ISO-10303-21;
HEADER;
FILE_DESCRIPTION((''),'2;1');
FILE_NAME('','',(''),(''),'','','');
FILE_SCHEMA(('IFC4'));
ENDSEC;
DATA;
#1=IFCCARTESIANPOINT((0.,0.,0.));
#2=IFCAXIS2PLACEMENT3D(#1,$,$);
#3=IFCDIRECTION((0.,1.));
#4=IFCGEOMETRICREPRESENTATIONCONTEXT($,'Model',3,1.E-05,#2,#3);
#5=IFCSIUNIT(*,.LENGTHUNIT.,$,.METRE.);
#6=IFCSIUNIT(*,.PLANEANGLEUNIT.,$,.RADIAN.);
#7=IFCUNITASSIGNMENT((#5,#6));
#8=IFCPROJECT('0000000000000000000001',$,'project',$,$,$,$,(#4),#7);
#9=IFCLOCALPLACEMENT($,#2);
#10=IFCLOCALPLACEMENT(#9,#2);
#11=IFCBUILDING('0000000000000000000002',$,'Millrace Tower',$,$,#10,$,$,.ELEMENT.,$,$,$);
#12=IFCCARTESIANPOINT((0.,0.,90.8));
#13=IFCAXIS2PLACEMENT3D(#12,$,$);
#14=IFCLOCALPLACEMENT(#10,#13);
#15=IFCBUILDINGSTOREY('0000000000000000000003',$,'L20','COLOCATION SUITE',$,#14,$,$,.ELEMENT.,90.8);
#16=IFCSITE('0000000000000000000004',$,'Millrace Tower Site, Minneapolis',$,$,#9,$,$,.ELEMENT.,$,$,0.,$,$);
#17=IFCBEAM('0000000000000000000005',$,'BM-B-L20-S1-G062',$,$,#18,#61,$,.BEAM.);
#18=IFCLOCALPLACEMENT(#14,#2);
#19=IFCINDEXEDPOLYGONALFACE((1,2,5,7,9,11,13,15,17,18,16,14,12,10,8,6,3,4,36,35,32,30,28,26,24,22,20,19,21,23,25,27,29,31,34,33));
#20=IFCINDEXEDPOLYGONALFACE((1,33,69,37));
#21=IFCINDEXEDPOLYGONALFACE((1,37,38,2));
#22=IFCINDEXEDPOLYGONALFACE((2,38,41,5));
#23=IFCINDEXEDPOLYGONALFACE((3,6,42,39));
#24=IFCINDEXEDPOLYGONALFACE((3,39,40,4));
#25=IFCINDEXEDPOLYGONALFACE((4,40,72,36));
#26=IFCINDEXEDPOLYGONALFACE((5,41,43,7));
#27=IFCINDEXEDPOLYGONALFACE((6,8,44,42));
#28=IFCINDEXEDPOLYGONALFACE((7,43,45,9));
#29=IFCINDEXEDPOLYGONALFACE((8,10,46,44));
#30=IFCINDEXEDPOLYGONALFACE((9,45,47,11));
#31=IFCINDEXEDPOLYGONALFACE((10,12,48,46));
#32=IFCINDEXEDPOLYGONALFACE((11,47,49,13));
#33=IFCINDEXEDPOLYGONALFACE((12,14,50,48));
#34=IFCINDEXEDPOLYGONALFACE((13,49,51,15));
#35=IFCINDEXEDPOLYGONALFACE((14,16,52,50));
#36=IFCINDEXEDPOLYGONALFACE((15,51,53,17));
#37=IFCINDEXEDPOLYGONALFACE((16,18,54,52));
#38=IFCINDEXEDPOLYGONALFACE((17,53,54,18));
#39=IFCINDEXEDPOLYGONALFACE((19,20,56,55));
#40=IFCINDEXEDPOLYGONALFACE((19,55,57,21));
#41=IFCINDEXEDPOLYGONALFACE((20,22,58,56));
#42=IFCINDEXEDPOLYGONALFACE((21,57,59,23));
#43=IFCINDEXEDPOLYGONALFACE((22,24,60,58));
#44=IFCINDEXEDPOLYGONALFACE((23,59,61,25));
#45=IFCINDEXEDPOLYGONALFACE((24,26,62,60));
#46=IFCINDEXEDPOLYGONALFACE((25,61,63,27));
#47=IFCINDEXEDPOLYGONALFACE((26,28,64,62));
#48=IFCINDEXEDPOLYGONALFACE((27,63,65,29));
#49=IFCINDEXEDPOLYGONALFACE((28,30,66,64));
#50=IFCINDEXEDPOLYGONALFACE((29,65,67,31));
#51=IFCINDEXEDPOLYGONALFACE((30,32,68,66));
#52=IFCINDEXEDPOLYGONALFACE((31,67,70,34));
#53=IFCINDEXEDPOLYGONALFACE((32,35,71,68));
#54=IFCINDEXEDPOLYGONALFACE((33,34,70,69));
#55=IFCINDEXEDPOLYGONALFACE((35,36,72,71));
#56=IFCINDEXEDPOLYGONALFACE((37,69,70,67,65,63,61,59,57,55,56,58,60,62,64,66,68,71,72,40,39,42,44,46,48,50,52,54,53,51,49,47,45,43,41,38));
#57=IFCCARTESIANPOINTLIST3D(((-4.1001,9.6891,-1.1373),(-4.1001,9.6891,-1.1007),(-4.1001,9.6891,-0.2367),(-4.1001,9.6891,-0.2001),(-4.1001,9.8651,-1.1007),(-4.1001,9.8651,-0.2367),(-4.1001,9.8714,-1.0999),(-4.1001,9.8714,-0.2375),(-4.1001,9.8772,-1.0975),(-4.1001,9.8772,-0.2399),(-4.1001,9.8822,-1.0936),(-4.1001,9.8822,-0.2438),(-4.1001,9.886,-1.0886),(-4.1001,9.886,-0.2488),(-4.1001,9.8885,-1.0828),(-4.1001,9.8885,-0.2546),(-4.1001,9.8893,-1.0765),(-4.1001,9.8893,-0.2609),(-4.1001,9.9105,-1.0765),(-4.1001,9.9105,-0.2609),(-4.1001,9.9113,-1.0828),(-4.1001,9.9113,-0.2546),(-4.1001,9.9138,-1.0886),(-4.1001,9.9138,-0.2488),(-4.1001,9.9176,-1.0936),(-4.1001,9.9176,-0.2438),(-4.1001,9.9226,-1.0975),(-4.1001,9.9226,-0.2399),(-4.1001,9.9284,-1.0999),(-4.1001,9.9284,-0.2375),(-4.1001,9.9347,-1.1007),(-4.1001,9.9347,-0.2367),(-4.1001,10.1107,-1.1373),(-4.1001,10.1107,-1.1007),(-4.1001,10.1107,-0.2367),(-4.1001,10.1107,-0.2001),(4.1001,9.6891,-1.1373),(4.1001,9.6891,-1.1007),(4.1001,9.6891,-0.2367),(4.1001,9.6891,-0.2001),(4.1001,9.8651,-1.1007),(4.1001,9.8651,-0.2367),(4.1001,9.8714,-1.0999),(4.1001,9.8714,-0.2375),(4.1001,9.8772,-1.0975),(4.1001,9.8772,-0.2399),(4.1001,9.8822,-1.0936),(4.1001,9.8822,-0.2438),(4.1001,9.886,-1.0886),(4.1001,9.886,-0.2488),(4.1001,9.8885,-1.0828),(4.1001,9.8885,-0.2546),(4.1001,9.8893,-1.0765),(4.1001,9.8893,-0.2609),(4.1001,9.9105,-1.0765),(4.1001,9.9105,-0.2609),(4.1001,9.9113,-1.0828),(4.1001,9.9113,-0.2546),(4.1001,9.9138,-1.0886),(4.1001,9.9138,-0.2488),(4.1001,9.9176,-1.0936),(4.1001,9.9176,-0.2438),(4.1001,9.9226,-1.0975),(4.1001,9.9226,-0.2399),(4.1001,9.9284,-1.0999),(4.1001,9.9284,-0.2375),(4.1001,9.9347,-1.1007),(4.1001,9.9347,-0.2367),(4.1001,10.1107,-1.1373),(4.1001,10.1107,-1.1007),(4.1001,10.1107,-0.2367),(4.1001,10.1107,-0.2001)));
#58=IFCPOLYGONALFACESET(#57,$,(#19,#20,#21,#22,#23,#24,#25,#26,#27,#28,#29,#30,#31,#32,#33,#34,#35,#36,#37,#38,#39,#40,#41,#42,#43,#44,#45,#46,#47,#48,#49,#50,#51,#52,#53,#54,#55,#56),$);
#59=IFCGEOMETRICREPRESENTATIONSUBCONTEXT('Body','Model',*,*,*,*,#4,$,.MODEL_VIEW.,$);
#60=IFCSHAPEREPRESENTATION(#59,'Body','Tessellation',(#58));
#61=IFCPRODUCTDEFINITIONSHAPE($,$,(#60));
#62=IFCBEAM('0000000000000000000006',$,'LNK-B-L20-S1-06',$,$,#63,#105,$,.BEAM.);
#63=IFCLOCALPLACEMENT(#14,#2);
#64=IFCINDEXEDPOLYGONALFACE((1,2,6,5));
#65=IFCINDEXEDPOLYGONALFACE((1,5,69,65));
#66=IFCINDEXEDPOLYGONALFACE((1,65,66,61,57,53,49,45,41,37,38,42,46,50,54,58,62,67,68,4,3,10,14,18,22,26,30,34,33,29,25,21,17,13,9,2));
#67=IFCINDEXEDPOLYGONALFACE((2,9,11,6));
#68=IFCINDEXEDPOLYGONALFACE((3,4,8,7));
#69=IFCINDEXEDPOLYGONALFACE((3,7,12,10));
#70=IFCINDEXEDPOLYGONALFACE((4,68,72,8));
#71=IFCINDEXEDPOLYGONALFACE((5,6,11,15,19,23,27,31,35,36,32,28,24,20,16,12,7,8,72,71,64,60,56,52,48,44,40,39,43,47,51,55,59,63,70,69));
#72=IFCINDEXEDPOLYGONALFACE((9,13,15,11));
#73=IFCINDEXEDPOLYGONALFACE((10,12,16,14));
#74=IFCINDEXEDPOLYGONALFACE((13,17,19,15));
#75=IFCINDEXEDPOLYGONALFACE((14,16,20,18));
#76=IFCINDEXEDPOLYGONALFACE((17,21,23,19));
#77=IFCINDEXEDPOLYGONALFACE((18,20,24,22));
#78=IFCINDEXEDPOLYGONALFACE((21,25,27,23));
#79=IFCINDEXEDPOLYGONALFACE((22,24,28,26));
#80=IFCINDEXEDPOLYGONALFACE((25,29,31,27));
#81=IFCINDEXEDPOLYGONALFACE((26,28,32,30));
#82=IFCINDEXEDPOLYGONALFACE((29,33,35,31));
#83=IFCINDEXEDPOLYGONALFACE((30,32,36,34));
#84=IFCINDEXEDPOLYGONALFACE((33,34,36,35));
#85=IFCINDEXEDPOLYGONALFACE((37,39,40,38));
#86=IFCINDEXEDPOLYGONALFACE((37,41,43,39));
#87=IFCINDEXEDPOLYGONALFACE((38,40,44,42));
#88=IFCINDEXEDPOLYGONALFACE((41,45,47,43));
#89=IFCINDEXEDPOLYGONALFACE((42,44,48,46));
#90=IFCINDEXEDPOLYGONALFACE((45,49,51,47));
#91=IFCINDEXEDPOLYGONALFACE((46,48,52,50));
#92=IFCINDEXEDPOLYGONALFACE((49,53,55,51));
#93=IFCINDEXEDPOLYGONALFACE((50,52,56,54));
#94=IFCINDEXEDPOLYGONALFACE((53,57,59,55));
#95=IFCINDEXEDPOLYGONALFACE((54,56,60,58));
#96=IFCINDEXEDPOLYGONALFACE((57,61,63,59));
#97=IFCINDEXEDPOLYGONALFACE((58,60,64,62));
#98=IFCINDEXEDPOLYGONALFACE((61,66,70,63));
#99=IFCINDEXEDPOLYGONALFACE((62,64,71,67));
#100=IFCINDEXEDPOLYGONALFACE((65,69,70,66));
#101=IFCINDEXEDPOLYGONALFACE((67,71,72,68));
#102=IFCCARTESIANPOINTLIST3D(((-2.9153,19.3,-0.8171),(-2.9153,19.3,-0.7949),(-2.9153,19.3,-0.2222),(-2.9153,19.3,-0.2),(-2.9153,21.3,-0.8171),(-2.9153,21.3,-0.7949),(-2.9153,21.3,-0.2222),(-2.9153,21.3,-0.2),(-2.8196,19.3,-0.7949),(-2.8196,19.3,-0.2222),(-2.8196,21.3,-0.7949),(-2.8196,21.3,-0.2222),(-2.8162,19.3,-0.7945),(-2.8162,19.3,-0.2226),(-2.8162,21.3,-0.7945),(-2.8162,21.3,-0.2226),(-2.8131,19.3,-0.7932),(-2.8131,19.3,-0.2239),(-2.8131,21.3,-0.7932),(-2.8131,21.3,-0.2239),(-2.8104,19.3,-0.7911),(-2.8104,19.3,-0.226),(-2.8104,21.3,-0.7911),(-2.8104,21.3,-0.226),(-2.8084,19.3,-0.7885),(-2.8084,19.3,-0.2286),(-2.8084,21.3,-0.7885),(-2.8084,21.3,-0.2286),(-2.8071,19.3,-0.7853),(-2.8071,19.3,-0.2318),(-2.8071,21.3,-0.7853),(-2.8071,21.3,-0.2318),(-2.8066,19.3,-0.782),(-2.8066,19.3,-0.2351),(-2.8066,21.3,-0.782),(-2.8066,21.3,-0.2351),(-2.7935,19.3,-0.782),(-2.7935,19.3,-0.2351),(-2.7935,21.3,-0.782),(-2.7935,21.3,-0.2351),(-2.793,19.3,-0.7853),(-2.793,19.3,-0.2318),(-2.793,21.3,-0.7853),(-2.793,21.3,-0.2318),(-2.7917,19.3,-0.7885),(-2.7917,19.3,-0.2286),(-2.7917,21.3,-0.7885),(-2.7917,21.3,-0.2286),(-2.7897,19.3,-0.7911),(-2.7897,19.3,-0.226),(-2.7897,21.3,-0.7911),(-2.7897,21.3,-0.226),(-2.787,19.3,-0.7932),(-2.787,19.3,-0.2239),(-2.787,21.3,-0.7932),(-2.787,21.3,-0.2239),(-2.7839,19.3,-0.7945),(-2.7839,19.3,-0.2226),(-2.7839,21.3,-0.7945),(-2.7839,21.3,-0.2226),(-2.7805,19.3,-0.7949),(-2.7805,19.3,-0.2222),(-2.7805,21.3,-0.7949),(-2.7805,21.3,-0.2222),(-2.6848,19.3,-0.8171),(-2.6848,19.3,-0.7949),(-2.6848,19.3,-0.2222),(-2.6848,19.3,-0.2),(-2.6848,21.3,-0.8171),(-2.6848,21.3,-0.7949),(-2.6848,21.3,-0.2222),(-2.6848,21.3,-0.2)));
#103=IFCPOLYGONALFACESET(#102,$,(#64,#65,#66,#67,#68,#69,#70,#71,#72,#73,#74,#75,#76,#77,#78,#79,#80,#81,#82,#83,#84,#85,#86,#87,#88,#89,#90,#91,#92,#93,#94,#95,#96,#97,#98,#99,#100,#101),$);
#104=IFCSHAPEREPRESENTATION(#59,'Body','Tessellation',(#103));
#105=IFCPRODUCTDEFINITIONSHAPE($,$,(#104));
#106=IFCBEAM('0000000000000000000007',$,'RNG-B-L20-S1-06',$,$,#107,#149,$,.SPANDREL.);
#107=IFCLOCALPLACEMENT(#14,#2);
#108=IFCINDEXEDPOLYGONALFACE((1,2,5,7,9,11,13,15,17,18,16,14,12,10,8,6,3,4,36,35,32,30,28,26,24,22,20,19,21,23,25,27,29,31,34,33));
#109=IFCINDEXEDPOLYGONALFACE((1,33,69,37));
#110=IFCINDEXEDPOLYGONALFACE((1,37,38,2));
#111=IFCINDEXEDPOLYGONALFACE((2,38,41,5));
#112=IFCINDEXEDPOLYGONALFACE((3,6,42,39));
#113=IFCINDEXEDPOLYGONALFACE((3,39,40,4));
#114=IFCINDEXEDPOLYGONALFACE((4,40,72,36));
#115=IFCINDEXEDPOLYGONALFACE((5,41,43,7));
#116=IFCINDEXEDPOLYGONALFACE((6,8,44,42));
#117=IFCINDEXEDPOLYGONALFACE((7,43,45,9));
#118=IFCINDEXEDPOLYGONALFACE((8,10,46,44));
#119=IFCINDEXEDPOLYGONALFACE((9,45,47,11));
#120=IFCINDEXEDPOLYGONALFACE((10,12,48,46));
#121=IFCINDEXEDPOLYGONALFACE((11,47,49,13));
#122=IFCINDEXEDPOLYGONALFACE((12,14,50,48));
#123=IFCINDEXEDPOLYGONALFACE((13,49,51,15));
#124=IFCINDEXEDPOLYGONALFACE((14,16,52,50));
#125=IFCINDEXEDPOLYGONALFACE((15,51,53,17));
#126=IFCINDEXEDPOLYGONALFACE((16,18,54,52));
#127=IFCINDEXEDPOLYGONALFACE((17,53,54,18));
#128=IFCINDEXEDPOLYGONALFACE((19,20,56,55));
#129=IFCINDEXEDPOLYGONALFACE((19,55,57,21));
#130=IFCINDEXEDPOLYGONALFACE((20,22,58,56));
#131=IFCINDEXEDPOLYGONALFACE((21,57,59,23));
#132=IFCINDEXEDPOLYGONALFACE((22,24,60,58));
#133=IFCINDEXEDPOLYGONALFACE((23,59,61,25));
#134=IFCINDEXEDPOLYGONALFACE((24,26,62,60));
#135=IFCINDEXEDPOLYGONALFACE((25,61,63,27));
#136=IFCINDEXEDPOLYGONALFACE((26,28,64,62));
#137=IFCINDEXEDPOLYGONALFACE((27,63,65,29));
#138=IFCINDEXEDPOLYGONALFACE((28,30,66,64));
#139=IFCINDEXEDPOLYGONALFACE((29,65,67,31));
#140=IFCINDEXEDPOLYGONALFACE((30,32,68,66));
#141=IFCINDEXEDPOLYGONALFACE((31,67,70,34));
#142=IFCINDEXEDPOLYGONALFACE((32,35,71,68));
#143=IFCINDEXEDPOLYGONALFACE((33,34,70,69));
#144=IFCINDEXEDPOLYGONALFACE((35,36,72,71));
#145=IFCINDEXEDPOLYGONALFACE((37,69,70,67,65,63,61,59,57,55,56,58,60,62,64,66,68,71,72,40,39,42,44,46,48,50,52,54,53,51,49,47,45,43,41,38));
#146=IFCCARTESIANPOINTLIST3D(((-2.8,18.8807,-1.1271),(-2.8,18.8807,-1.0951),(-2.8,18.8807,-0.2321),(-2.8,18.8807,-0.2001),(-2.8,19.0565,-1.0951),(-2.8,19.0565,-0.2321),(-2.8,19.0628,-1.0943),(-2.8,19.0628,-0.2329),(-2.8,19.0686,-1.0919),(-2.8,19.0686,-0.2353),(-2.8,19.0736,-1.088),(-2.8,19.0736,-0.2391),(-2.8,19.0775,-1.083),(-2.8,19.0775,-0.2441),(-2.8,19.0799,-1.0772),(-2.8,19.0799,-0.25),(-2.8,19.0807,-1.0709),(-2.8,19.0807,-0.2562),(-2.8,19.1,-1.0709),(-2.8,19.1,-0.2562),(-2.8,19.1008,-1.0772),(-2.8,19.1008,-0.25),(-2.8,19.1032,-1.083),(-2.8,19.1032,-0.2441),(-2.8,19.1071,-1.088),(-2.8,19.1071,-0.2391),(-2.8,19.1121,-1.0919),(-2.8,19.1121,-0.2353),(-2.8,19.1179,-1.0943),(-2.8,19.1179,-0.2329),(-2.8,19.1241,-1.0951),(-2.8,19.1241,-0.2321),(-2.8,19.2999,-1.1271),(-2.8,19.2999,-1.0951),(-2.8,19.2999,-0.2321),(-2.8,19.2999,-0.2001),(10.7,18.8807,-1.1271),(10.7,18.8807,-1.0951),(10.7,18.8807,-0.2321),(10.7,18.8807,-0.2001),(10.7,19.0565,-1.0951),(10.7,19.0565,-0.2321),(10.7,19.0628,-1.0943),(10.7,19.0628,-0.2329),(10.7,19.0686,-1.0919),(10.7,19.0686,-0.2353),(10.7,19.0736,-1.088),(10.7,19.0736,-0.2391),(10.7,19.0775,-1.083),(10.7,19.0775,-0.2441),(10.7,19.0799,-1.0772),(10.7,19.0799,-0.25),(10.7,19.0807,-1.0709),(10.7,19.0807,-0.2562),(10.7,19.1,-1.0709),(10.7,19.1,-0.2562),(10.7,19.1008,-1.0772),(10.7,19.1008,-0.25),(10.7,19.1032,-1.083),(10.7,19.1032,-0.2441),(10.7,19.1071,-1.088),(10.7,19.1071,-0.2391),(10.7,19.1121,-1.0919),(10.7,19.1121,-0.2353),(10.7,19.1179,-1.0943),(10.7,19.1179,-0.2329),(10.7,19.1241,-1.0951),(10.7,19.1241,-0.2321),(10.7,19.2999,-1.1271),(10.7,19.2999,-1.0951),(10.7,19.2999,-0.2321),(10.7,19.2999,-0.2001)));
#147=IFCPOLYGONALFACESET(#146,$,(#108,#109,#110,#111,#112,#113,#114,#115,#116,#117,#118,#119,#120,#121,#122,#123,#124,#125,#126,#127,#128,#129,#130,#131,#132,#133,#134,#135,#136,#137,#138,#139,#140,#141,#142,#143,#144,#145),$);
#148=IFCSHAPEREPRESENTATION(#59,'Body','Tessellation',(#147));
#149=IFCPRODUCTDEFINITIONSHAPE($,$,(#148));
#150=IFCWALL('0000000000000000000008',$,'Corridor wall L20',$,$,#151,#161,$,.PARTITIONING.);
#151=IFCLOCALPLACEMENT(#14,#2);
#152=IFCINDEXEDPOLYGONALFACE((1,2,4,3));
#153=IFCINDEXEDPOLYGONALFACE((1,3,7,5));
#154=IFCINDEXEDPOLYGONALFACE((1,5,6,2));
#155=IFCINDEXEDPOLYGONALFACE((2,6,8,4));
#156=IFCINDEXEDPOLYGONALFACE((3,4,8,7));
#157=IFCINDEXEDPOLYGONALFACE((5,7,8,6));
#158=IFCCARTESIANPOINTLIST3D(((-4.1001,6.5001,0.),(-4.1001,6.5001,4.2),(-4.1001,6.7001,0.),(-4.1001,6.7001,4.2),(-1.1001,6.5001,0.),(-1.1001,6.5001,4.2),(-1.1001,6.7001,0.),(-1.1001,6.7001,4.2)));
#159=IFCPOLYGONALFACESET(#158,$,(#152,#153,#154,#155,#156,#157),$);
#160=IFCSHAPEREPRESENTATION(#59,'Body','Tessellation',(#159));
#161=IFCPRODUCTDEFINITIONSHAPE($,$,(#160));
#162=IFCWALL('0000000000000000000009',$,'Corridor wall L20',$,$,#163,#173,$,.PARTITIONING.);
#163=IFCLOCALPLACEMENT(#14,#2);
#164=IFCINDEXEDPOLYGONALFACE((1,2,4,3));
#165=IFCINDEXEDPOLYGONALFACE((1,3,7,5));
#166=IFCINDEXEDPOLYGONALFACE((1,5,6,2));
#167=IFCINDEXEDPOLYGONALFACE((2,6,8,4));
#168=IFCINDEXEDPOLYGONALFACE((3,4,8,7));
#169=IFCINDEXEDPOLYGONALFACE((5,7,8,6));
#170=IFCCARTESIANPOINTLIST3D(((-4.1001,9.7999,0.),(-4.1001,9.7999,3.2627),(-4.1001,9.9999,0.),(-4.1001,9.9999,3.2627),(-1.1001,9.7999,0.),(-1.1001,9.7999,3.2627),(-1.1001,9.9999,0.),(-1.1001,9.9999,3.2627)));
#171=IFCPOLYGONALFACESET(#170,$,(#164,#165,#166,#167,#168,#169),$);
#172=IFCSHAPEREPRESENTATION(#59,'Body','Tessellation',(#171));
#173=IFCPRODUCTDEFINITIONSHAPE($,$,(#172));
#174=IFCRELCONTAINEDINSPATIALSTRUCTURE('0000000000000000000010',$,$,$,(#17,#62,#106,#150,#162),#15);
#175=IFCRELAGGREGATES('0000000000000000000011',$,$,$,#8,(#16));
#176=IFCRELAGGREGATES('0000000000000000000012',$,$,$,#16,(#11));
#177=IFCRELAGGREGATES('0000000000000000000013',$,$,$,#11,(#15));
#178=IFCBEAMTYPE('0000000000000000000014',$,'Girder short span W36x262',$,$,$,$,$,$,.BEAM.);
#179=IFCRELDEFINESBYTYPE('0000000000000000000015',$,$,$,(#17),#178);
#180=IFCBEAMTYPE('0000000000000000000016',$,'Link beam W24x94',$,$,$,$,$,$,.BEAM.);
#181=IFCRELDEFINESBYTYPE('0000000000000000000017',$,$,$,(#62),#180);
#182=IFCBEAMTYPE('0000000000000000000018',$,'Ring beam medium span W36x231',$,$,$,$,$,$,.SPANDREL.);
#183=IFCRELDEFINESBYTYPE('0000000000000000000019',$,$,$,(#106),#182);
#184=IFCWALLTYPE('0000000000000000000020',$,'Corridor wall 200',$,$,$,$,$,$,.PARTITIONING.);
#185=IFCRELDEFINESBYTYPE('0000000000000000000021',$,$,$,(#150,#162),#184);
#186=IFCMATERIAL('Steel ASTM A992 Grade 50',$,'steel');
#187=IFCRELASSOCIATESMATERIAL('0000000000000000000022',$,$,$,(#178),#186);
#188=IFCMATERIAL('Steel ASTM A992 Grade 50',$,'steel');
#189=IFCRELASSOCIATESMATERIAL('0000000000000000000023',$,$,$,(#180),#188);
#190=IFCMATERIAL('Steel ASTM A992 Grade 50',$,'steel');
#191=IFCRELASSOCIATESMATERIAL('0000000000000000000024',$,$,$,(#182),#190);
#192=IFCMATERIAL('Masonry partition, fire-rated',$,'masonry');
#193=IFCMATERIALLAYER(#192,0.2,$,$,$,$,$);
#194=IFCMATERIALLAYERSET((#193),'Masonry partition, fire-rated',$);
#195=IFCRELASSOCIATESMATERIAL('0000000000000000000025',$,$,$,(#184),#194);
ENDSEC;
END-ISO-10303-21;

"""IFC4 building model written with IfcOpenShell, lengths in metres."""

from ifc_helpers import new_model, si_unit, direction, frame, frame_2d, origin, origin_2d, place, context, subcontext, project, spatial, rectangle, i_section, extrude, material, layer, layer_set, material_profile, profile_set, type_object, element, save


model = new_model("IFC4")

# Units and contexts
model_context = context("Model", 3, precision=1e-05, world=origin(), true_north=direction((0.0, 1.0)))
body_context = subcontext(model_context, "Body", "Model", "MODEL_VIEW")
ifc_project = project(units=[si_unit("LENGTHUNIT", "METRE"), si_unit("PLANEANGLEUNIT", "RADIAN")], contexts=[model_context])

# Site, building, storey
site_placement = place(None, origin())
site = spatial("IfcSite", under=ifc_project, at=site_placement, Name="Millrace Tower Site, Minneapolis", CompositionType="ELEMENT", RefElevation=0.0)
building_placement = place(site_placement, origin())
building = spatial("IfcBuilding", under=site, at=building_placement, Name="Millrace Tower", CompositionType="ELEMENT")
storey_placement = place(building_placement, frame((0.0, 0.0, 90.8)))
storey = spatial("IfcBuildingStorey", under=building, at=storey_placement, Name="L20", Description="COLOCATION SUITE", CompositionType="ELEMENT", Elevation=90.8)

# Beams
ifc_material_1 = material(Name="Steel ASTM A992 Grade 50", Category="steel")
ifc_material_profile_1 = material_profile(ifc_material_1, i_section(OverallWidth=0.4216, OverallDepth=0.9373, WebThickness=0.0212, FlangeThickness=0.0366, FilletRadius=0.0242, at=origin_2d()))
ifc_profile_set_1 = profile_set([ifc_material_profile_1], Name="Steel ASTM A992 Grade 50")
beam_type_1 = type_object("IfcBeamType", Name="Girder short span W36x262", PredefinedType="BEAM", material=ifc_profile_set_1)
beam_1_placement = place(storey_placement, frame((-4.1001, 9.8999, -0.6687), z_axis=(1.0, 0.0, 0.0), x_axis=(0.0, 1.0, 0.0)))
element("IfcBeam", 1, at=beam_1_placement, inside=storey, type_object=beam_type_1, Name="BM-B-L20-S1-G062", PredefinedType="BEAM", context=body_context, shape_type="SweptSolid", body=[
    extrude(i_section(OverallWidth=0.4216, OverallDepth=0.9373, WebThickness=0.0212, FlangeThickness=0.0366, FilletRadius=0.0242, at=origin_2d()), origin(), (0.0, 0.0, 1.0), 8.2002),
])
ifc_material_2 = material(Name="Steel ASTM A992 Grade 50", Category="steel")
ifc_material_profile_2 = material_profile(ifc_material_2, i_section(OverallWidth=0.2305, OverallDepth=0.6172, WebThickness=0.0132, FlangeThickness=0.0222, FilletRadius=0.0129, at=origin_2d()))
ifc_profile_set_2 = profile_set([ifc_material_profile_2], Name="Steel ASTM A992 Grade 50")
beam_type_2 = type_object("IfcBeamType", Name="Link beam W24x94", PredefinedType="BEAM", material=ifc_profile_set_2)
beam_2_placement = place(storey_placement, frame((-2.8, 19.3, -0.5085), z_axis=(0.0, 1.0, 0.0), x_axis=(-1.0, 0.0, 0.0)))
element("IfcBeam", 2, at=beam_2_placement, inside=storey, type_object=beam_type_2, Name="LNK-B-L20-S1-06", PredefinedType="BEAM", context=body_context, shape_type="SweptSolid", body=[
    extrude(i_section(OverallWidth=0.2305, OverallDepth=0.6172, WebThickness=0.0132, FlangeThickness=0.0222, FilletRadius=0.0129, at=origin_2d()), origin(), (0.0, 0.0, 1.0), 2.0),
])
ifc_material_3 = material(Name="Steel ASTM A992 Grade 50", Category="steel")
ifc_material_profile_3 = material_profile(ifc_material_3, i_section(OverallWidth=0.4192, OverallDepth=0.927, WebThickness=0.0193, FlangeThickness=0.032, FilletRadius=0.0242, at=origin_2d()))
ifc_profile_set_3 = profile_set([ifc_material_profile_3], Name="Steel ASTM A992 Grade 50")
beam_type_3 = type_object("IfcBeamType", Name="Ring beam medium span W36x231", PredefinedType="SPANDREL", material=ifc_profile_set_3)
beam_3_placement = place(storey_placement, frame((-2.8, 19.0903, -0.6636), z_axis=(1.0, 0.0, 0.0), x_axis=(0.0, 1.0, 0.0)))
element("IfcBeam", 3, at=beam_3_placement, inside=storey, type_object=beam_type_3, Name="RNG-B-L20-S1-06", PredefinedType="SPANDREL", context=body_context, shape_type="SweptSolid", body=[
    extrude(i_section(OverallWidth=0.4192, OverallDepth=0.927, WebThickness=0.0193, FlangeThickness=0.032, FilletRadius=0.0242, at=origin_2d()), origin(), (0.0, 0.0, 1.0), 13.5),
])

# Walls
ifc_material_4 = material(Name="Masonry partition, fire-rated", Category="masonry")
ifc_layer_1 = layer(ifc_material_4, 0.2)
ifc_layer_set_1 = layer_set([ifc_layer_1], Name="Masonry partition, fire-rated")
wall_type_1 = type_object("IfcWallType", Name="Corridor wall 200", PredefinedType="PARTITIONING", material=ifc_layer_set_1)
wall_1_placement = place(storey_placement, frame((-4.1001, 6.6001, 0.0), z_axis=(0.0, 0.0, 1.0), x_axis=(1.0, 0.0, 0.0)))
element("IfcWall", 4, at=wall_1_placement, inside=storey, type_object=wall_type_1, Name="Corridor wall L20", PredefinedType="PARTITIONING", context=body_context, shape_type="SweptSolid", body=[
    extrude(rectangle(XDim=3.0, YDim=0.2, at=frame_2d((1.5, 0.0))), origin(), (0.0, 0.0, 1.0), 4.2),
])
wall_2_placement = place(storey_placement, frame((-4.1001, 9.8999, 0.0), z_axis=(0.0, 0.0, 1.0), x_axis=(1.0, 0.0, 0.0)))
element("IfcWall", 5, at=wall_2_placement, inside=storey, type_object=wall_type_1, Name="Corridor wall L20", PredefinedType="PARTITIONING", context=body_context, shape_type="SweptSolid", body=[
    extrude(rectangle(XDim=3.0, YDim=0.2, at=frame_2d((1.5, 0.0))), origin(), (0.0, 0.0, 1.0), 3.2627),
])

save(model, "model.ifc")
